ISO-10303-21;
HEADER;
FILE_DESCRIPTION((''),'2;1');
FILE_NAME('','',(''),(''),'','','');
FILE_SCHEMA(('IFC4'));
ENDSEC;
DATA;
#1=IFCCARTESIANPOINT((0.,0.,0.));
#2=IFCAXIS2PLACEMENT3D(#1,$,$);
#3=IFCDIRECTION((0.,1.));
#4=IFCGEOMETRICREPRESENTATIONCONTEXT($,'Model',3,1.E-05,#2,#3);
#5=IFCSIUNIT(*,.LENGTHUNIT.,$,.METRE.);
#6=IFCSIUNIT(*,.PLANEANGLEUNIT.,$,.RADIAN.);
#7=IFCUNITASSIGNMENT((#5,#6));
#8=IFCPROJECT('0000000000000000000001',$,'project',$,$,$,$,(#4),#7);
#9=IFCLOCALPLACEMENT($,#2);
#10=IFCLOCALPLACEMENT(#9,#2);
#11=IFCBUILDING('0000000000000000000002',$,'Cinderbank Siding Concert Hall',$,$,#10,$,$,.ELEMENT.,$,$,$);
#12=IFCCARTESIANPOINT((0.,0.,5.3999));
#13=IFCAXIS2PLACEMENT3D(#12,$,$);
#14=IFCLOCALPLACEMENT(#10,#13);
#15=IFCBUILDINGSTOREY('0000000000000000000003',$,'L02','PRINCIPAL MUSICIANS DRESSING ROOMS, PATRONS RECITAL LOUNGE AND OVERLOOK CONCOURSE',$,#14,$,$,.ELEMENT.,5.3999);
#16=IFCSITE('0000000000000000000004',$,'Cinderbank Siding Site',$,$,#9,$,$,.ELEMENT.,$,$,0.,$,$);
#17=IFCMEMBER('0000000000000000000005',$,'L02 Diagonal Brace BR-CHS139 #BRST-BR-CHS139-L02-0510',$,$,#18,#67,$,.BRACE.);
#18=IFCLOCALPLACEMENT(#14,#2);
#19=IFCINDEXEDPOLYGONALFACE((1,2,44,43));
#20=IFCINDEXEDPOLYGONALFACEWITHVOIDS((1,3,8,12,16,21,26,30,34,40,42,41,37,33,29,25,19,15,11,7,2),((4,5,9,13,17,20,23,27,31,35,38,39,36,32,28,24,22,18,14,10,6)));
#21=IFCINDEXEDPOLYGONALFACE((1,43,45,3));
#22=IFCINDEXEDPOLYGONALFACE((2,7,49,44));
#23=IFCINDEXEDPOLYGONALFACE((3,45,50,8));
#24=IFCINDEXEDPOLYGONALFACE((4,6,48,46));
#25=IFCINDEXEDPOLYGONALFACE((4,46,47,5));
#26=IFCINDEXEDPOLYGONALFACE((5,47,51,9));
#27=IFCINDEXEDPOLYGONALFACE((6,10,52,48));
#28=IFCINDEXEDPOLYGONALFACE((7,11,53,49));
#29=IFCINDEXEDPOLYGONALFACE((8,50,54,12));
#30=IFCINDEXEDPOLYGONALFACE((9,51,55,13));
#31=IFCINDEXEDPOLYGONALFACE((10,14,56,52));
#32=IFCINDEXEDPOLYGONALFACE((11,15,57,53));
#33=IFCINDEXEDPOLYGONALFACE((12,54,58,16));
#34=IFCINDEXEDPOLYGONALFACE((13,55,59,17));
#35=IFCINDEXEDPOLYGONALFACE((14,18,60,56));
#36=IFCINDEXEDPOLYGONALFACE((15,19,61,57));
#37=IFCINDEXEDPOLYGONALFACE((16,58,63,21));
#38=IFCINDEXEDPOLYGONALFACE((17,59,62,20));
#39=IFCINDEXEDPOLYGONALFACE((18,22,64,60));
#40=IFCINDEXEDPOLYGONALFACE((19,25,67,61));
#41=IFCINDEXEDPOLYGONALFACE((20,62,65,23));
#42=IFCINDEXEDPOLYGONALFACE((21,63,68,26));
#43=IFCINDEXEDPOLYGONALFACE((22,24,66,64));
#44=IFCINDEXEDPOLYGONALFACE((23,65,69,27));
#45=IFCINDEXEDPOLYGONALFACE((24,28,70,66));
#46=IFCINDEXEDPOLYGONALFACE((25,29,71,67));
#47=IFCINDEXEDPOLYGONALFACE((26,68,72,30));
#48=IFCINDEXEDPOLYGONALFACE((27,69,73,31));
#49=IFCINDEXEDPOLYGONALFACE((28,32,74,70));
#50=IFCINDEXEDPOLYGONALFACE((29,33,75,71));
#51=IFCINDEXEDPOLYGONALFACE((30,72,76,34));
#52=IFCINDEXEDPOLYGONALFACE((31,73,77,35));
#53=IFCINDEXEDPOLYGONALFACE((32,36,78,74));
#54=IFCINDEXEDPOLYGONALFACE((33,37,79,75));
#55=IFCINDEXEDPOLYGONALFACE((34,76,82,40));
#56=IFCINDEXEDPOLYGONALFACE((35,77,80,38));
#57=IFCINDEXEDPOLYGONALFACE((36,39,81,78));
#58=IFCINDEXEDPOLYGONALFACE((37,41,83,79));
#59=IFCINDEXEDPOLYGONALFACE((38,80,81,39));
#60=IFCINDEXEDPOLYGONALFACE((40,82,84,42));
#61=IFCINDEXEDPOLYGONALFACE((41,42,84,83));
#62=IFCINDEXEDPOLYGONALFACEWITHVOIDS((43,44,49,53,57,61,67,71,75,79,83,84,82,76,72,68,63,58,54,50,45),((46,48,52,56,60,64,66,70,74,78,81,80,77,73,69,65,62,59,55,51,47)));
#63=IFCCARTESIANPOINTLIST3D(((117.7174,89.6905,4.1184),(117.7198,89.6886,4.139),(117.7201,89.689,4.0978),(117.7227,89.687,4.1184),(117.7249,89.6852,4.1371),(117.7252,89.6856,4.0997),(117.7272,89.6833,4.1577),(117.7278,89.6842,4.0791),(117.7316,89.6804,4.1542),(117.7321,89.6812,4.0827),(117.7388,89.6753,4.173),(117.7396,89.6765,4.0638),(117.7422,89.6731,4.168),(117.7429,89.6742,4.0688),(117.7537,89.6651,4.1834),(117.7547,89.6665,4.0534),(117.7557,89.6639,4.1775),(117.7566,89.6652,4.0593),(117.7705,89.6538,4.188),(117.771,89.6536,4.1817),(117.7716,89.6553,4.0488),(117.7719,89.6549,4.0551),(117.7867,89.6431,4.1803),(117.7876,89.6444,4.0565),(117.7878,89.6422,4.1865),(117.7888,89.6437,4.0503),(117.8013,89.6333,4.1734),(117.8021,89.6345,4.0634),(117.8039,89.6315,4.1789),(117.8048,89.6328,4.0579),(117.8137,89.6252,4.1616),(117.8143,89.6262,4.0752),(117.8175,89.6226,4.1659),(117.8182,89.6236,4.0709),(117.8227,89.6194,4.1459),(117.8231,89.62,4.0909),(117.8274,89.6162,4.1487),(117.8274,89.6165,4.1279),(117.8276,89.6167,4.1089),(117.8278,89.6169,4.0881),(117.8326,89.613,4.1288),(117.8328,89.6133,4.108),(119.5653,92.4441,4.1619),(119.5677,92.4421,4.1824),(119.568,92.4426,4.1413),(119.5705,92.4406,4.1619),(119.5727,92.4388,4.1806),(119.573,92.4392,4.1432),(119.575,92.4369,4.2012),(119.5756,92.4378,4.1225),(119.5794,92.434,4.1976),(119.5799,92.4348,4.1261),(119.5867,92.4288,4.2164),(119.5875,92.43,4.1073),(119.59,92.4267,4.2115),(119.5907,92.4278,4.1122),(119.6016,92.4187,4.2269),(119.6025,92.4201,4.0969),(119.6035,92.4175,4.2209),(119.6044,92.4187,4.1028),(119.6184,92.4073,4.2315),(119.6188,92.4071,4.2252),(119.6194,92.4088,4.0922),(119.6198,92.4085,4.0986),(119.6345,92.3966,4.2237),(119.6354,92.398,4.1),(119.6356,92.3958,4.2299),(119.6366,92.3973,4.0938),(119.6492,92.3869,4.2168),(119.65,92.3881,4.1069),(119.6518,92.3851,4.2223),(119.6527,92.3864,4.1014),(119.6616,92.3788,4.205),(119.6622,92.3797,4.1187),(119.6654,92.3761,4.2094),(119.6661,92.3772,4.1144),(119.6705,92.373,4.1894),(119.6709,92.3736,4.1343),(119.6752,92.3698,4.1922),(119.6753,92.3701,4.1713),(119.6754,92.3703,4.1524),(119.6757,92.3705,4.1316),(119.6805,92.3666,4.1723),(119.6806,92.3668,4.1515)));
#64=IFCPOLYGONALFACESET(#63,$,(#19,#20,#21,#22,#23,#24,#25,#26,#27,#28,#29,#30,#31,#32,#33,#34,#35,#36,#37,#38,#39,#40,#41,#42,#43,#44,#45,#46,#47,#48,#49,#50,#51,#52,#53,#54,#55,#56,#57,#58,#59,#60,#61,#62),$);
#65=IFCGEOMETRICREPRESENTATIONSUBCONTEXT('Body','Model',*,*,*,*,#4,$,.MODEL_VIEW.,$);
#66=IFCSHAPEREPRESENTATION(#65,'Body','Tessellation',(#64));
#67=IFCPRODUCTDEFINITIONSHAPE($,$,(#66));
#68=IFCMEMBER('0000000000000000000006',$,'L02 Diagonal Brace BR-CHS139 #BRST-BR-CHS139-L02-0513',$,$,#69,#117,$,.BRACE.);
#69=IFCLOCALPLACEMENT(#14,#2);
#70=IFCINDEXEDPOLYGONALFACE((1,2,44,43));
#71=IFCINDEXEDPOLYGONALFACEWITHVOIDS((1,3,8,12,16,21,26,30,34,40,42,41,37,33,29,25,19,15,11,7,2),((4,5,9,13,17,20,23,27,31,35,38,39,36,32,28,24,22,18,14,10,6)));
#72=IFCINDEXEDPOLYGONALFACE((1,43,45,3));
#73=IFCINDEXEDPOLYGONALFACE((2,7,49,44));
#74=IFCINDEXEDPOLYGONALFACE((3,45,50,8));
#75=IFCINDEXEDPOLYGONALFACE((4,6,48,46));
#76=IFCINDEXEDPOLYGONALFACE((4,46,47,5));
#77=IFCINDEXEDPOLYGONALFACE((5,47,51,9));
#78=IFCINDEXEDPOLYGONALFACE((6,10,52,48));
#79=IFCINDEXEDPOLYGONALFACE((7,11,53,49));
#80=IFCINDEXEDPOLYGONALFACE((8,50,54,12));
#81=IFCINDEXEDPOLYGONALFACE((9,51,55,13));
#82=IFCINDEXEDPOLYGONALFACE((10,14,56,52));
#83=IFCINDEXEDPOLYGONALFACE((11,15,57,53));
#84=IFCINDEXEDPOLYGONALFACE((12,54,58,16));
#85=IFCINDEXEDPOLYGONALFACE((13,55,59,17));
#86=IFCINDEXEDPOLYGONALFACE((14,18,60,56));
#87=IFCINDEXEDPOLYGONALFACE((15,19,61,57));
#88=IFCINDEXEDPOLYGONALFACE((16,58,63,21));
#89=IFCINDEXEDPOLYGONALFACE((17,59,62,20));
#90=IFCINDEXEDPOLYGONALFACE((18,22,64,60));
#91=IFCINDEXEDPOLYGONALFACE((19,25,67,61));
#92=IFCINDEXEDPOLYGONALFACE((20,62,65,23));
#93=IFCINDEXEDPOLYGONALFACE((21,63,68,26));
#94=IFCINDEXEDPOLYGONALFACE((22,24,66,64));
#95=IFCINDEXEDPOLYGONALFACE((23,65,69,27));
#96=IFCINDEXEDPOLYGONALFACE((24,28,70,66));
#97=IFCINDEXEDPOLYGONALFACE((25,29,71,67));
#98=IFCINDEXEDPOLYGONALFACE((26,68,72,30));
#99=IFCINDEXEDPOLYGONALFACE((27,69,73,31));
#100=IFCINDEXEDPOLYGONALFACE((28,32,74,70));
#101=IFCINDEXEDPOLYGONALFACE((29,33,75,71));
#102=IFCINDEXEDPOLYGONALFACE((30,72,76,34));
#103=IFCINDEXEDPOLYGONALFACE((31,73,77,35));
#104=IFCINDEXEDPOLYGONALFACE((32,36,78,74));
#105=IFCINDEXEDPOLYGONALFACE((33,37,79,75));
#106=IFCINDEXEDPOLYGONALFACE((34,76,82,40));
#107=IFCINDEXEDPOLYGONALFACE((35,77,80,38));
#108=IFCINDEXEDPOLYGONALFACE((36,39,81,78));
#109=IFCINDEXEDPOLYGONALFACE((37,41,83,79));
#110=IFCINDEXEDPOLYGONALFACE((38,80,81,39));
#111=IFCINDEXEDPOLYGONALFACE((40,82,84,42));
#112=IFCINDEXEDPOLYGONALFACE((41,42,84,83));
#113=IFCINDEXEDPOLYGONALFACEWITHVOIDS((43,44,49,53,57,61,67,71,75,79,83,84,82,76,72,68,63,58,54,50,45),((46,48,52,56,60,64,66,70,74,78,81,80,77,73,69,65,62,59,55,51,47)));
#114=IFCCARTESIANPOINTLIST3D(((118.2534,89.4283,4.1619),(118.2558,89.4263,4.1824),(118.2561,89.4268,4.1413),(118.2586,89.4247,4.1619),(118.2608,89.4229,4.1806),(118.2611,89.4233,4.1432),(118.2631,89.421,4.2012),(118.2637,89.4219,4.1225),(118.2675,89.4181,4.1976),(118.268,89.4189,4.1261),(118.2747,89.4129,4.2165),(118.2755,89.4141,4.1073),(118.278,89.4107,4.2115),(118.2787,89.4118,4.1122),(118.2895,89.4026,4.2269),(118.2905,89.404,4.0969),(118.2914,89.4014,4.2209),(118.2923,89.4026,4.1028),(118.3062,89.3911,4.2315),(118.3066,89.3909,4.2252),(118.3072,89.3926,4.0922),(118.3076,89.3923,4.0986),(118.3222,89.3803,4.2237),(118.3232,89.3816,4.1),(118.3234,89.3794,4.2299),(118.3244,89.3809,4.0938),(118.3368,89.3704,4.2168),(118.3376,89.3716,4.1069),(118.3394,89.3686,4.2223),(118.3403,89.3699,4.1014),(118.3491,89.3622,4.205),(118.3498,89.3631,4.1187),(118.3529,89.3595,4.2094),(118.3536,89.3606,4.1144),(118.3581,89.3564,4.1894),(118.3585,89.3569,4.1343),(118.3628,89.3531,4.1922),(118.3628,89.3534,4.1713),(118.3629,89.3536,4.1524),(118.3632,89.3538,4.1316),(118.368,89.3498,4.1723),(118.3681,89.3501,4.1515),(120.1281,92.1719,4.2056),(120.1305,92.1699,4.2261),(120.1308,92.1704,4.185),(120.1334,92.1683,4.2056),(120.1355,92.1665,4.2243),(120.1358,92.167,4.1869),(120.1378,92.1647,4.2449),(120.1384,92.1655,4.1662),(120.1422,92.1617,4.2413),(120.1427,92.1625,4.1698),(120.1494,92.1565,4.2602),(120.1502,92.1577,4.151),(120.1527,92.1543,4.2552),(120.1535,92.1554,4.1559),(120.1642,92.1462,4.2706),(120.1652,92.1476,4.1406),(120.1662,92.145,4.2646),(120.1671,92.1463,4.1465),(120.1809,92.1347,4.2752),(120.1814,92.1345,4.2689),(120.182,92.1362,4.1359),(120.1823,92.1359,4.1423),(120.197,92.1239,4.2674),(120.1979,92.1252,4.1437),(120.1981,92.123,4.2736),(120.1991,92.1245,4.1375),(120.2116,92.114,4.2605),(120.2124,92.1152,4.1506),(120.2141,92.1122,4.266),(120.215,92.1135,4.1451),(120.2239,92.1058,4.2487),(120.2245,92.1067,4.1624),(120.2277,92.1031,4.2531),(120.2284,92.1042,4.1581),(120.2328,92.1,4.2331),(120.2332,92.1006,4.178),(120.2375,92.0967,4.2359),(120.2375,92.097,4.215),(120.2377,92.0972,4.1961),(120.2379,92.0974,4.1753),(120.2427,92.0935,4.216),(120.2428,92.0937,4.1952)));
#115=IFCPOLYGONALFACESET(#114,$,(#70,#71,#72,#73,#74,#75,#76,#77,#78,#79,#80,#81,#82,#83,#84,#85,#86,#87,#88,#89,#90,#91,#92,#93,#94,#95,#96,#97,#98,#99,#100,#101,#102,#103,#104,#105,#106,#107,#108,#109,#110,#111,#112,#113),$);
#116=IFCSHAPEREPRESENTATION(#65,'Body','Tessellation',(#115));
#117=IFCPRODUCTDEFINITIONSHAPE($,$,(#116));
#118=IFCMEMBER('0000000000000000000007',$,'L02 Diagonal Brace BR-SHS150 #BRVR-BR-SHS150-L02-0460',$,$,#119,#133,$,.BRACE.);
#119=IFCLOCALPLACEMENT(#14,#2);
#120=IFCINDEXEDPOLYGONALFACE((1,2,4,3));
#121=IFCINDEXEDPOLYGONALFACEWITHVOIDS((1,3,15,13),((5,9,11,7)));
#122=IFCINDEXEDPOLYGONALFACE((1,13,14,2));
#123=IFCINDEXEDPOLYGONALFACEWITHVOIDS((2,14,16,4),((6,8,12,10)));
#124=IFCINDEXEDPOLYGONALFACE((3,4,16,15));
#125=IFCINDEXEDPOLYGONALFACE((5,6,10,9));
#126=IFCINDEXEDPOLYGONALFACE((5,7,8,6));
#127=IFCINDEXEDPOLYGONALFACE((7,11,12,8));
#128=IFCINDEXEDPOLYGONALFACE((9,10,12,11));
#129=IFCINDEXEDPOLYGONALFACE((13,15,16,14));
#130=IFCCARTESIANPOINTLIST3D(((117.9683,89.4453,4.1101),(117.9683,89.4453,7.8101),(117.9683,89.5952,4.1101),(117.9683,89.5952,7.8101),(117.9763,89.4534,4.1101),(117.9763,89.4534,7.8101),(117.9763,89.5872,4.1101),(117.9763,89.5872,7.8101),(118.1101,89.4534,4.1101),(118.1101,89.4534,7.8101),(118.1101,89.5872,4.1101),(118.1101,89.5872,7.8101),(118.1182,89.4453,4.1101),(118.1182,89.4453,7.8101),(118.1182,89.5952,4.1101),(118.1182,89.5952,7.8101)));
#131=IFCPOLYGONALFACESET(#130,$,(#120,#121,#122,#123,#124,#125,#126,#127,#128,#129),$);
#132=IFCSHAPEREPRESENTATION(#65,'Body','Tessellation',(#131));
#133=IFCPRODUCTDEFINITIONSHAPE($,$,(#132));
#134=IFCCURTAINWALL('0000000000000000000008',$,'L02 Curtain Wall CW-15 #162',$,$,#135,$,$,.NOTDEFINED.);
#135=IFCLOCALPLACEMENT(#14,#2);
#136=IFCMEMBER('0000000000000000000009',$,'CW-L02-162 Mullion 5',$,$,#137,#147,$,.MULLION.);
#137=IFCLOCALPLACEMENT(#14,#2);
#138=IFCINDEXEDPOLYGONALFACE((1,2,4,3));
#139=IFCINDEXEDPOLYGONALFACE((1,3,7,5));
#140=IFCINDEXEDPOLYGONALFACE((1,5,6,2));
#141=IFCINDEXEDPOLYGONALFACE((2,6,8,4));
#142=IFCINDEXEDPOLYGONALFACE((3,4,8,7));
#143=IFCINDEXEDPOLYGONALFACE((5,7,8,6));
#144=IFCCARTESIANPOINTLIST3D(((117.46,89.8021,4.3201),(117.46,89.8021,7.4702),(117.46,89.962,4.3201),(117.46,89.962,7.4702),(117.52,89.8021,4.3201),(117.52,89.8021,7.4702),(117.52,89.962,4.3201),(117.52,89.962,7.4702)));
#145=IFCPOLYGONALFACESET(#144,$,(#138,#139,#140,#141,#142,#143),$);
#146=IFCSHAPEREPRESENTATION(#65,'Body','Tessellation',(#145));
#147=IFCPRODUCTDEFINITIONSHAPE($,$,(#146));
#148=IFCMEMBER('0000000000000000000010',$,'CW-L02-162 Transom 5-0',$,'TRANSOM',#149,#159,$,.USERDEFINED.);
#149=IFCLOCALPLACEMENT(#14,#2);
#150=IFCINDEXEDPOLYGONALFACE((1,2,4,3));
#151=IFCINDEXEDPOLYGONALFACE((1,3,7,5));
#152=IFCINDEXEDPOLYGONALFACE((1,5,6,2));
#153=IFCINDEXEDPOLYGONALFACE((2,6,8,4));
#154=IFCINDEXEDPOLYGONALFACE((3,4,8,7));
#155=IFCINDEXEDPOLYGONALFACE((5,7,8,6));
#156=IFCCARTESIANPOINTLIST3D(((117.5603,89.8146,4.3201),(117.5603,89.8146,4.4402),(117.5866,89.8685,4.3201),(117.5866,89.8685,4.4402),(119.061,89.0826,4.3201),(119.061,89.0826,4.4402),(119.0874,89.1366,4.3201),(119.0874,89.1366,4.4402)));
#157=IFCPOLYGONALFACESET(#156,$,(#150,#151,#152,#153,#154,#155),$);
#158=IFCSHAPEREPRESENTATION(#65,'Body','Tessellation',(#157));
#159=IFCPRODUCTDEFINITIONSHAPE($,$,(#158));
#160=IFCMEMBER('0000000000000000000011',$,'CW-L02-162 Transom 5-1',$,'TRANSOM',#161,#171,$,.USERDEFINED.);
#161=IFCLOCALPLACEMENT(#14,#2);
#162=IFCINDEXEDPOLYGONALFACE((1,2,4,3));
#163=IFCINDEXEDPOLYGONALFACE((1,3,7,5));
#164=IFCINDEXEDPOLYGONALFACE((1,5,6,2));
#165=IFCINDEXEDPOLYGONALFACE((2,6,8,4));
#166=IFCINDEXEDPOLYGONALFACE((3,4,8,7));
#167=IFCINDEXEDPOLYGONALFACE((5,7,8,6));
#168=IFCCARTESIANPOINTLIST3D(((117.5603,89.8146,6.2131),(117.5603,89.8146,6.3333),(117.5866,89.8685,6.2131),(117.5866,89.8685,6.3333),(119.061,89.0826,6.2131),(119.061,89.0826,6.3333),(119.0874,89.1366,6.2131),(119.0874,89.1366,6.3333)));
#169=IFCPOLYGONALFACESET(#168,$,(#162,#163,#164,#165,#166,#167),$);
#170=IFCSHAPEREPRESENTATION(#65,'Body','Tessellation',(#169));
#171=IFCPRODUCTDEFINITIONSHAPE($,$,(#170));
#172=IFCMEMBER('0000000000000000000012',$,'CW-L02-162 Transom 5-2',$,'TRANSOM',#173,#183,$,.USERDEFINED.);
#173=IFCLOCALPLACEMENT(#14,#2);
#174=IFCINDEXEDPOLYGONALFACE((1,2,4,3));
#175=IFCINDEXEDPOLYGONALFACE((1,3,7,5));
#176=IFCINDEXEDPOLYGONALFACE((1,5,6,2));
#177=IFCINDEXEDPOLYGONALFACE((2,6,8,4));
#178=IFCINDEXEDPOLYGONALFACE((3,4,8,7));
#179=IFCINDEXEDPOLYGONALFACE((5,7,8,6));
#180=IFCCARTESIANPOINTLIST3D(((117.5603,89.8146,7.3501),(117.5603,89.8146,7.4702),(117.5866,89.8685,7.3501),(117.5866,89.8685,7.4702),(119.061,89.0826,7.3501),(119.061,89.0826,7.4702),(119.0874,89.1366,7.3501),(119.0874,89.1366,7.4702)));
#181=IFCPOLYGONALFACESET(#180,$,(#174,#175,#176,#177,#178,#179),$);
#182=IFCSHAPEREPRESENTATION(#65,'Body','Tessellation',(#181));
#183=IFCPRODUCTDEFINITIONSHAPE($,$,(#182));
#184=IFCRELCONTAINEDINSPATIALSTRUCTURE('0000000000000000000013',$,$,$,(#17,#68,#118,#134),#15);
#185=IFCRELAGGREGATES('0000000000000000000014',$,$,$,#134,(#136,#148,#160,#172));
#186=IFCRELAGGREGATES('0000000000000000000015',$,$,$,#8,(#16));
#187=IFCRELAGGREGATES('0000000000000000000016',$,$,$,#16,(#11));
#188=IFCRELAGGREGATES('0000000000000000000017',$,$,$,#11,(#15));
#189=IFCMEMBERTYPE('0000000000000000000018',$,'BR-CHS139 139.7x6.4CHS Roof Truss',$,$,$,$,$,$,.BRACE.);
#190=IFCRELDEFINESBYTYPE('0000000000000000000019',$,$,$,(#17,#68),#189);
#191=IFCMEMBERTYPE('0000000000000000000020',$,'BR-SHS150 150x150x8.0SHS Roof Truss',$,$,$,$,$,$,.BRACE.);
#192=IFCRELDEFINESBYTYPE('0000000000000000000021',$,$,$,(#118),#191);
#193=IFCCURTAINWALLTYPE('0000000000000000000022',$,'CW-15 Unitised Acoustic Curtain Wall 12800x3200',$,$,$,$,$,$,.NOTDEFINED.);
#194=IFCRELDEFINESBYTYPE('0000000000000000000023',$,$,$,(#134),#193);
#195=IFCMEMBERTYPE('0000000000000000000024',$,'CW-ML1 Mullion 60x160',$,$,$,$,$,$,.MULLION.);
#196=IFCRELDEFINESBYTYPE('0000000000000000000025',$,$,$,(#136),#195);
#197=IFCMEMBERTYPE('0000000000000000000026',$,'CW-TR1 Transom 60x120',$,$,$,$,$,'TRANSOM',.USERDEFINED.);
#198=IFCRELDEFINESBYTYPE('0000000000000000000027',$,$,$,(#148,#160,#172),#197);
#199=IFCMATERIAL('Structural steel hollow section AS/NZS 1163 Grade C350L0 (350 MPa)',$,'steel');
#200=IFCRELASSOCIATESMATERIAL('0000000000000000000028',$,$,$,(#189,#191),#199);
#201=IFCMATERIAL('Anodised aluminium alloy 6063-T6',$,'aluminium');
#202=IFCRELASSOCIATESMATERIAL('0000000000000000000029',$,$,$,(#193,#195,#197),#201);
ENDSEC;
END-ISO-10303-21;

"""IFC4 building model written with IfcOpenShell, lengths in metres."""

from ifc_helpers import new_model, si_unit, direction, frame, origin, origin_2d, place, context, subcontext, project, spatial, rectangle, hollow_rectangle, hollow_circle, extrude, material, material_profile, profile_set, type_object, element, aggregate, save


model = new_model("IFC4")

# Units and contexts
model_context = context("Model", 3, precision=1e-05, world=origin(), true_north=direction((0.0, 1.0)))
body_context = subcontext(model_context, "Body", "Model", "MODEL_VIEW")
ifc_project = project(units=[si_unit("LENGTHUNIT", "METRE"), si_unit("PLANEANGLEUNIT", "RADIAN")], contexts=[model_context])

# Site, building, storey
site_placement = place(None, origin())
site = spatial("IfcSite", under=ifc_project, at=site_placement, Name="Cinderbank Siding Site", CompositionType="ELEMENT", RefElevation=0.0)
building_placement = place(site_placement, origin())
building = spatial("IfcBuilding", under=site, at=building_placement, Name="Cinderbank Siding Concert Hall", CompositionType="ELEMENT")
storey_placement = place(building_placement, frame((0.0, 0.0, 5.3999)))
storey = spatial("IfcBuildingStorey", under=building, at=storey_placement, Name="L02", Description="PRINCIPAL MUSICIANS DRESSING ROOMS, PATRONS RECITAL LOUNGE AND OVERLOOK CONCOURSE", CompositionType="ELEMENT", Elevation=5.3999)

# Members
ifc_material_1 = material(Name="Structural steel hollow section AS/NZS 1163 Grade C350L0 (350 MPa)", Category="steel")
ifc_material_profile_1 = material_profile(ifc_material_1, hollow_circle(Radius=0.0698, WallThickness=0.0063, at=origin_2d()), Name="139.7x6.4CHS", Category="LoadBearing")
ifc_profile_set_1 = profile_set([ifc_material_profile_1], Name="Structural steel hollow section AS/NZS 1163 Grade C350L0 (350 MPa)")
member_type_1 = type_object("IfcMemberType", Name="BR-CHS139 139.7x6.4CHS Roof Truss", PredefinedType="BRACE", material=ifc_profile_set_1)
member_1_placement = place(storey_placement, frame((117.7754, 89.6516, 4.1184), z_axis=(0.557181, 0.830288, 0.013103), x_axis=(-0.830359, 0.557229, 0.0)))
element("IfcMember", 1, at=member_1_placement, inside=storey, type_object=member_type_1, Name="L02 Diagonal Brace BR-CHS139 #BRST-BR-CHS139-L02-0510", PredefinedType="BRACE", context=body_context, shape_type="SweptSolid", body=[
    extrude(hollow_circle(Radius=0.0698, WallThickness=0.0063, at=origin_2d()), origin(), (0.0, 0.0, 1.0), 3.3164),
])
member_2_placement = place(storey_placement, frame((118.311, 89.3889, 4.1619), z_axis=(0.564127, 0.825584, 0.01315), x_axis=(-0.825655, 0.564175, 0.0)))
element("IfcMember", 2, at=member_2_placement, inside=storey, type_object=member_type_1, Name="L02 Diagonal Brace BR-CHS139 #BRST-BR-CHS139-L02-0513", PredefinedType="BRACE", context=body_context, shape_type="SweptSolid", body=[
    extrude(hollow_circle(Radius=0.0698, WallThickness=0.0063, at=origin_2d()), origin(), (0.0, 0.0, 1.0), 3.3232),
])
ifc_material_profile_2 = material_profile(ifc_material_1, hollow_rectangle(XDim=0.1499, YDim=0.1499, WallThickness=0.0081, at=origin_2d()), Name="150x150x8.0SHS", Category="LoadBearing")
ifc_profile_set_2 = profile_set([ifc_material_profile_2], Name="Structural steel hollow section AS/NZS 1163 Grade C350L0 (350 MPa)")
member_type_2 = type_object("IfcMemberType", Name="BR-SHS150 150x150x8.0SHS Roof Truss", PredefinedType="BRACE", material=ifc_profile_set_2)
member_3_placement = place(storey_placement, frame((118.0432, 89.5203, 4.1101), z_axis=(0.0, 0.0, 1.0), x_axis=(1.0, 0.0, 0.0)))
element("IfcMember", 3, at=member_3_placement, inside=storey, type_object=member_type_2, Name="L02 Diagonal Brace BR-SHS150 #BRVR-BR-SHS150-L02-0460", PredefinedType="BRACE", context=body_context, shape_type="SweptSolid", body=[
    extrude(hollow_rectangle(XDim=0.1499, YDim=0.1499, WallThickness=0.0081, at=origin_2d()), origin(), (0.0, 0.0, 1.0), 3.7),
])

# Curtain wall, members
ifc_material_2 = material(Name="Anodised aluminium alloy 6063-T6", Category="aluminium")
curtain_wall_type = type_object("IfcCurtainWallType", Name="CW-15 Unitised Acoustic Curtain Wall 12800x3200", PredefinedType="NOTDEFINED", material=ifc_material_2)
curtain_wall_placement = place(storey_placement, origin())
curtain_wall = element("IfcCurtainWall", 4, at=curtain_wall_placement, inside=storey, type_object=curtain_wall_type, Name="L02 Curtain Wall CW-15 #162", PredefinedType="NOTDEFINED")
ifc_material_profile_3 = material_profile(ifc_material_2, rectangle(XDim=0.0601, YDim=0.1599, at=origin_2d()), Name="ALU-MULL-60x160", Category="LoadBearing")
ifc_profile_set_3 = profile_set([ifc_material_profile_3], Name="Anodised aluminium alloy 6063-T6")
member_type_3 = type_object("IfcMemberType", Name="CW-ML1 Mullion 60x160", PredefinedType="MULLION", material=ifc_profile_set_3)
member_4_placement = place(storey_placement, frame((117.49, 89.8821, 4.3201), z_axis=(0.0, 0.0, 1.0), x_axis=(1.0, 0.0, 0.0)))
member_4 = element("IfcMember", 5, at=member_4_placement, type_object=member_type_3, Name="CW-L02-162 Mullion 5", PredefinedType="MULLION", context=body_context, shape_type="SweptSolid", body=[
    extrude(rectangle(XDim=0.0601, YDim=0.1599, at=origin_2d()), origin(), (0.0, 0.0, 1.0), 3.1501),
])
ifc_material_profile_4 = material_profile(ifc_material_2, rectangle(XDim=0.0601, YDim=0.1201, at=origin_2d()), Name="ALU-TRAN-60x120", Category="LoadBearing")
ifc_profile_set_4 = profile_set([ifc_material_profile_4], Name="Anodised aluminium alloy 6063-T6")
member_type_4 = type_object("IfcMemberType", Name="CW-TR1 Transom 60x120", ElementType="TRANSOM", PredefinedType="USERDEFINED", material=ifc_profile_set_4)
member_5_placement = place(storey_placement, frame((117.5735, 89.8416, 4.3801), z_axis=(0.898799, -0.43836, 0.0), x_axis=(0.43836, 0.898799, 0.0)))
member_5 = element("IfcMember", 6, at=member_5_placement, type_object=member_type_4, Name="CW-L02-162 Transom 5-0", ObjectType="TRANSOM", PredefinedType="USERDEFINED", context=body_context, shape_type="SweptSolid", body=[
    extrude(rectangle(XDim=0.0601, YDim=0.1201, at=origin_2d()), origin(), (0.0, 0.0, 1.0), 1.6697),
])
member_6_placement = place(storey_placement, frame((117.5735, 89.8416, 6.2732), z_axis=(0.898799, -0.43836, 0.0), x_axis=(0.43836, 0.898799, 0.0)))
member_6 = element("IfcMember", 7, at=member_6_placement, type_object=member_type_4, Name="CW-L02-162 Transom 5-1", ObjectType="TRANSOM", PredefinedType="USERDEFINED", context=body_context, shape_type="SweptSolid", body=[
    extrude(rectangle(XDim=0.0601, YDim=0.1201, at=origin_2d()), origin(), (0.0, 0.0, 1.0), 1.6697),
])
member_7_placement = place(storey_placement, frame((117.5735, 89.8416, 7.4102), z_axis=(0.898799, -0.43836, 0.0), x_axis=(0.43836, 0.898799, 0.0)))
member_7 = element("IfcMember", 8, at=member_7_placement, type_object=member_type_4, Name="CW-L02-162 Transom 5-2", ObjectType="TRANSOM", PredefinedType="USERDEFINED", context=body_context, shape_type="SweptSolid", body=[
    extrude(rectangle(XDim=0.0601, YDim=0.1201, at=origin_2d()), origin(), (0.0, 0.0, 1.0), 1.6697),
])

aggregate(curtain_wall, [member_4, member_5, member_6, member_7])

save(model, "model.ifc")
